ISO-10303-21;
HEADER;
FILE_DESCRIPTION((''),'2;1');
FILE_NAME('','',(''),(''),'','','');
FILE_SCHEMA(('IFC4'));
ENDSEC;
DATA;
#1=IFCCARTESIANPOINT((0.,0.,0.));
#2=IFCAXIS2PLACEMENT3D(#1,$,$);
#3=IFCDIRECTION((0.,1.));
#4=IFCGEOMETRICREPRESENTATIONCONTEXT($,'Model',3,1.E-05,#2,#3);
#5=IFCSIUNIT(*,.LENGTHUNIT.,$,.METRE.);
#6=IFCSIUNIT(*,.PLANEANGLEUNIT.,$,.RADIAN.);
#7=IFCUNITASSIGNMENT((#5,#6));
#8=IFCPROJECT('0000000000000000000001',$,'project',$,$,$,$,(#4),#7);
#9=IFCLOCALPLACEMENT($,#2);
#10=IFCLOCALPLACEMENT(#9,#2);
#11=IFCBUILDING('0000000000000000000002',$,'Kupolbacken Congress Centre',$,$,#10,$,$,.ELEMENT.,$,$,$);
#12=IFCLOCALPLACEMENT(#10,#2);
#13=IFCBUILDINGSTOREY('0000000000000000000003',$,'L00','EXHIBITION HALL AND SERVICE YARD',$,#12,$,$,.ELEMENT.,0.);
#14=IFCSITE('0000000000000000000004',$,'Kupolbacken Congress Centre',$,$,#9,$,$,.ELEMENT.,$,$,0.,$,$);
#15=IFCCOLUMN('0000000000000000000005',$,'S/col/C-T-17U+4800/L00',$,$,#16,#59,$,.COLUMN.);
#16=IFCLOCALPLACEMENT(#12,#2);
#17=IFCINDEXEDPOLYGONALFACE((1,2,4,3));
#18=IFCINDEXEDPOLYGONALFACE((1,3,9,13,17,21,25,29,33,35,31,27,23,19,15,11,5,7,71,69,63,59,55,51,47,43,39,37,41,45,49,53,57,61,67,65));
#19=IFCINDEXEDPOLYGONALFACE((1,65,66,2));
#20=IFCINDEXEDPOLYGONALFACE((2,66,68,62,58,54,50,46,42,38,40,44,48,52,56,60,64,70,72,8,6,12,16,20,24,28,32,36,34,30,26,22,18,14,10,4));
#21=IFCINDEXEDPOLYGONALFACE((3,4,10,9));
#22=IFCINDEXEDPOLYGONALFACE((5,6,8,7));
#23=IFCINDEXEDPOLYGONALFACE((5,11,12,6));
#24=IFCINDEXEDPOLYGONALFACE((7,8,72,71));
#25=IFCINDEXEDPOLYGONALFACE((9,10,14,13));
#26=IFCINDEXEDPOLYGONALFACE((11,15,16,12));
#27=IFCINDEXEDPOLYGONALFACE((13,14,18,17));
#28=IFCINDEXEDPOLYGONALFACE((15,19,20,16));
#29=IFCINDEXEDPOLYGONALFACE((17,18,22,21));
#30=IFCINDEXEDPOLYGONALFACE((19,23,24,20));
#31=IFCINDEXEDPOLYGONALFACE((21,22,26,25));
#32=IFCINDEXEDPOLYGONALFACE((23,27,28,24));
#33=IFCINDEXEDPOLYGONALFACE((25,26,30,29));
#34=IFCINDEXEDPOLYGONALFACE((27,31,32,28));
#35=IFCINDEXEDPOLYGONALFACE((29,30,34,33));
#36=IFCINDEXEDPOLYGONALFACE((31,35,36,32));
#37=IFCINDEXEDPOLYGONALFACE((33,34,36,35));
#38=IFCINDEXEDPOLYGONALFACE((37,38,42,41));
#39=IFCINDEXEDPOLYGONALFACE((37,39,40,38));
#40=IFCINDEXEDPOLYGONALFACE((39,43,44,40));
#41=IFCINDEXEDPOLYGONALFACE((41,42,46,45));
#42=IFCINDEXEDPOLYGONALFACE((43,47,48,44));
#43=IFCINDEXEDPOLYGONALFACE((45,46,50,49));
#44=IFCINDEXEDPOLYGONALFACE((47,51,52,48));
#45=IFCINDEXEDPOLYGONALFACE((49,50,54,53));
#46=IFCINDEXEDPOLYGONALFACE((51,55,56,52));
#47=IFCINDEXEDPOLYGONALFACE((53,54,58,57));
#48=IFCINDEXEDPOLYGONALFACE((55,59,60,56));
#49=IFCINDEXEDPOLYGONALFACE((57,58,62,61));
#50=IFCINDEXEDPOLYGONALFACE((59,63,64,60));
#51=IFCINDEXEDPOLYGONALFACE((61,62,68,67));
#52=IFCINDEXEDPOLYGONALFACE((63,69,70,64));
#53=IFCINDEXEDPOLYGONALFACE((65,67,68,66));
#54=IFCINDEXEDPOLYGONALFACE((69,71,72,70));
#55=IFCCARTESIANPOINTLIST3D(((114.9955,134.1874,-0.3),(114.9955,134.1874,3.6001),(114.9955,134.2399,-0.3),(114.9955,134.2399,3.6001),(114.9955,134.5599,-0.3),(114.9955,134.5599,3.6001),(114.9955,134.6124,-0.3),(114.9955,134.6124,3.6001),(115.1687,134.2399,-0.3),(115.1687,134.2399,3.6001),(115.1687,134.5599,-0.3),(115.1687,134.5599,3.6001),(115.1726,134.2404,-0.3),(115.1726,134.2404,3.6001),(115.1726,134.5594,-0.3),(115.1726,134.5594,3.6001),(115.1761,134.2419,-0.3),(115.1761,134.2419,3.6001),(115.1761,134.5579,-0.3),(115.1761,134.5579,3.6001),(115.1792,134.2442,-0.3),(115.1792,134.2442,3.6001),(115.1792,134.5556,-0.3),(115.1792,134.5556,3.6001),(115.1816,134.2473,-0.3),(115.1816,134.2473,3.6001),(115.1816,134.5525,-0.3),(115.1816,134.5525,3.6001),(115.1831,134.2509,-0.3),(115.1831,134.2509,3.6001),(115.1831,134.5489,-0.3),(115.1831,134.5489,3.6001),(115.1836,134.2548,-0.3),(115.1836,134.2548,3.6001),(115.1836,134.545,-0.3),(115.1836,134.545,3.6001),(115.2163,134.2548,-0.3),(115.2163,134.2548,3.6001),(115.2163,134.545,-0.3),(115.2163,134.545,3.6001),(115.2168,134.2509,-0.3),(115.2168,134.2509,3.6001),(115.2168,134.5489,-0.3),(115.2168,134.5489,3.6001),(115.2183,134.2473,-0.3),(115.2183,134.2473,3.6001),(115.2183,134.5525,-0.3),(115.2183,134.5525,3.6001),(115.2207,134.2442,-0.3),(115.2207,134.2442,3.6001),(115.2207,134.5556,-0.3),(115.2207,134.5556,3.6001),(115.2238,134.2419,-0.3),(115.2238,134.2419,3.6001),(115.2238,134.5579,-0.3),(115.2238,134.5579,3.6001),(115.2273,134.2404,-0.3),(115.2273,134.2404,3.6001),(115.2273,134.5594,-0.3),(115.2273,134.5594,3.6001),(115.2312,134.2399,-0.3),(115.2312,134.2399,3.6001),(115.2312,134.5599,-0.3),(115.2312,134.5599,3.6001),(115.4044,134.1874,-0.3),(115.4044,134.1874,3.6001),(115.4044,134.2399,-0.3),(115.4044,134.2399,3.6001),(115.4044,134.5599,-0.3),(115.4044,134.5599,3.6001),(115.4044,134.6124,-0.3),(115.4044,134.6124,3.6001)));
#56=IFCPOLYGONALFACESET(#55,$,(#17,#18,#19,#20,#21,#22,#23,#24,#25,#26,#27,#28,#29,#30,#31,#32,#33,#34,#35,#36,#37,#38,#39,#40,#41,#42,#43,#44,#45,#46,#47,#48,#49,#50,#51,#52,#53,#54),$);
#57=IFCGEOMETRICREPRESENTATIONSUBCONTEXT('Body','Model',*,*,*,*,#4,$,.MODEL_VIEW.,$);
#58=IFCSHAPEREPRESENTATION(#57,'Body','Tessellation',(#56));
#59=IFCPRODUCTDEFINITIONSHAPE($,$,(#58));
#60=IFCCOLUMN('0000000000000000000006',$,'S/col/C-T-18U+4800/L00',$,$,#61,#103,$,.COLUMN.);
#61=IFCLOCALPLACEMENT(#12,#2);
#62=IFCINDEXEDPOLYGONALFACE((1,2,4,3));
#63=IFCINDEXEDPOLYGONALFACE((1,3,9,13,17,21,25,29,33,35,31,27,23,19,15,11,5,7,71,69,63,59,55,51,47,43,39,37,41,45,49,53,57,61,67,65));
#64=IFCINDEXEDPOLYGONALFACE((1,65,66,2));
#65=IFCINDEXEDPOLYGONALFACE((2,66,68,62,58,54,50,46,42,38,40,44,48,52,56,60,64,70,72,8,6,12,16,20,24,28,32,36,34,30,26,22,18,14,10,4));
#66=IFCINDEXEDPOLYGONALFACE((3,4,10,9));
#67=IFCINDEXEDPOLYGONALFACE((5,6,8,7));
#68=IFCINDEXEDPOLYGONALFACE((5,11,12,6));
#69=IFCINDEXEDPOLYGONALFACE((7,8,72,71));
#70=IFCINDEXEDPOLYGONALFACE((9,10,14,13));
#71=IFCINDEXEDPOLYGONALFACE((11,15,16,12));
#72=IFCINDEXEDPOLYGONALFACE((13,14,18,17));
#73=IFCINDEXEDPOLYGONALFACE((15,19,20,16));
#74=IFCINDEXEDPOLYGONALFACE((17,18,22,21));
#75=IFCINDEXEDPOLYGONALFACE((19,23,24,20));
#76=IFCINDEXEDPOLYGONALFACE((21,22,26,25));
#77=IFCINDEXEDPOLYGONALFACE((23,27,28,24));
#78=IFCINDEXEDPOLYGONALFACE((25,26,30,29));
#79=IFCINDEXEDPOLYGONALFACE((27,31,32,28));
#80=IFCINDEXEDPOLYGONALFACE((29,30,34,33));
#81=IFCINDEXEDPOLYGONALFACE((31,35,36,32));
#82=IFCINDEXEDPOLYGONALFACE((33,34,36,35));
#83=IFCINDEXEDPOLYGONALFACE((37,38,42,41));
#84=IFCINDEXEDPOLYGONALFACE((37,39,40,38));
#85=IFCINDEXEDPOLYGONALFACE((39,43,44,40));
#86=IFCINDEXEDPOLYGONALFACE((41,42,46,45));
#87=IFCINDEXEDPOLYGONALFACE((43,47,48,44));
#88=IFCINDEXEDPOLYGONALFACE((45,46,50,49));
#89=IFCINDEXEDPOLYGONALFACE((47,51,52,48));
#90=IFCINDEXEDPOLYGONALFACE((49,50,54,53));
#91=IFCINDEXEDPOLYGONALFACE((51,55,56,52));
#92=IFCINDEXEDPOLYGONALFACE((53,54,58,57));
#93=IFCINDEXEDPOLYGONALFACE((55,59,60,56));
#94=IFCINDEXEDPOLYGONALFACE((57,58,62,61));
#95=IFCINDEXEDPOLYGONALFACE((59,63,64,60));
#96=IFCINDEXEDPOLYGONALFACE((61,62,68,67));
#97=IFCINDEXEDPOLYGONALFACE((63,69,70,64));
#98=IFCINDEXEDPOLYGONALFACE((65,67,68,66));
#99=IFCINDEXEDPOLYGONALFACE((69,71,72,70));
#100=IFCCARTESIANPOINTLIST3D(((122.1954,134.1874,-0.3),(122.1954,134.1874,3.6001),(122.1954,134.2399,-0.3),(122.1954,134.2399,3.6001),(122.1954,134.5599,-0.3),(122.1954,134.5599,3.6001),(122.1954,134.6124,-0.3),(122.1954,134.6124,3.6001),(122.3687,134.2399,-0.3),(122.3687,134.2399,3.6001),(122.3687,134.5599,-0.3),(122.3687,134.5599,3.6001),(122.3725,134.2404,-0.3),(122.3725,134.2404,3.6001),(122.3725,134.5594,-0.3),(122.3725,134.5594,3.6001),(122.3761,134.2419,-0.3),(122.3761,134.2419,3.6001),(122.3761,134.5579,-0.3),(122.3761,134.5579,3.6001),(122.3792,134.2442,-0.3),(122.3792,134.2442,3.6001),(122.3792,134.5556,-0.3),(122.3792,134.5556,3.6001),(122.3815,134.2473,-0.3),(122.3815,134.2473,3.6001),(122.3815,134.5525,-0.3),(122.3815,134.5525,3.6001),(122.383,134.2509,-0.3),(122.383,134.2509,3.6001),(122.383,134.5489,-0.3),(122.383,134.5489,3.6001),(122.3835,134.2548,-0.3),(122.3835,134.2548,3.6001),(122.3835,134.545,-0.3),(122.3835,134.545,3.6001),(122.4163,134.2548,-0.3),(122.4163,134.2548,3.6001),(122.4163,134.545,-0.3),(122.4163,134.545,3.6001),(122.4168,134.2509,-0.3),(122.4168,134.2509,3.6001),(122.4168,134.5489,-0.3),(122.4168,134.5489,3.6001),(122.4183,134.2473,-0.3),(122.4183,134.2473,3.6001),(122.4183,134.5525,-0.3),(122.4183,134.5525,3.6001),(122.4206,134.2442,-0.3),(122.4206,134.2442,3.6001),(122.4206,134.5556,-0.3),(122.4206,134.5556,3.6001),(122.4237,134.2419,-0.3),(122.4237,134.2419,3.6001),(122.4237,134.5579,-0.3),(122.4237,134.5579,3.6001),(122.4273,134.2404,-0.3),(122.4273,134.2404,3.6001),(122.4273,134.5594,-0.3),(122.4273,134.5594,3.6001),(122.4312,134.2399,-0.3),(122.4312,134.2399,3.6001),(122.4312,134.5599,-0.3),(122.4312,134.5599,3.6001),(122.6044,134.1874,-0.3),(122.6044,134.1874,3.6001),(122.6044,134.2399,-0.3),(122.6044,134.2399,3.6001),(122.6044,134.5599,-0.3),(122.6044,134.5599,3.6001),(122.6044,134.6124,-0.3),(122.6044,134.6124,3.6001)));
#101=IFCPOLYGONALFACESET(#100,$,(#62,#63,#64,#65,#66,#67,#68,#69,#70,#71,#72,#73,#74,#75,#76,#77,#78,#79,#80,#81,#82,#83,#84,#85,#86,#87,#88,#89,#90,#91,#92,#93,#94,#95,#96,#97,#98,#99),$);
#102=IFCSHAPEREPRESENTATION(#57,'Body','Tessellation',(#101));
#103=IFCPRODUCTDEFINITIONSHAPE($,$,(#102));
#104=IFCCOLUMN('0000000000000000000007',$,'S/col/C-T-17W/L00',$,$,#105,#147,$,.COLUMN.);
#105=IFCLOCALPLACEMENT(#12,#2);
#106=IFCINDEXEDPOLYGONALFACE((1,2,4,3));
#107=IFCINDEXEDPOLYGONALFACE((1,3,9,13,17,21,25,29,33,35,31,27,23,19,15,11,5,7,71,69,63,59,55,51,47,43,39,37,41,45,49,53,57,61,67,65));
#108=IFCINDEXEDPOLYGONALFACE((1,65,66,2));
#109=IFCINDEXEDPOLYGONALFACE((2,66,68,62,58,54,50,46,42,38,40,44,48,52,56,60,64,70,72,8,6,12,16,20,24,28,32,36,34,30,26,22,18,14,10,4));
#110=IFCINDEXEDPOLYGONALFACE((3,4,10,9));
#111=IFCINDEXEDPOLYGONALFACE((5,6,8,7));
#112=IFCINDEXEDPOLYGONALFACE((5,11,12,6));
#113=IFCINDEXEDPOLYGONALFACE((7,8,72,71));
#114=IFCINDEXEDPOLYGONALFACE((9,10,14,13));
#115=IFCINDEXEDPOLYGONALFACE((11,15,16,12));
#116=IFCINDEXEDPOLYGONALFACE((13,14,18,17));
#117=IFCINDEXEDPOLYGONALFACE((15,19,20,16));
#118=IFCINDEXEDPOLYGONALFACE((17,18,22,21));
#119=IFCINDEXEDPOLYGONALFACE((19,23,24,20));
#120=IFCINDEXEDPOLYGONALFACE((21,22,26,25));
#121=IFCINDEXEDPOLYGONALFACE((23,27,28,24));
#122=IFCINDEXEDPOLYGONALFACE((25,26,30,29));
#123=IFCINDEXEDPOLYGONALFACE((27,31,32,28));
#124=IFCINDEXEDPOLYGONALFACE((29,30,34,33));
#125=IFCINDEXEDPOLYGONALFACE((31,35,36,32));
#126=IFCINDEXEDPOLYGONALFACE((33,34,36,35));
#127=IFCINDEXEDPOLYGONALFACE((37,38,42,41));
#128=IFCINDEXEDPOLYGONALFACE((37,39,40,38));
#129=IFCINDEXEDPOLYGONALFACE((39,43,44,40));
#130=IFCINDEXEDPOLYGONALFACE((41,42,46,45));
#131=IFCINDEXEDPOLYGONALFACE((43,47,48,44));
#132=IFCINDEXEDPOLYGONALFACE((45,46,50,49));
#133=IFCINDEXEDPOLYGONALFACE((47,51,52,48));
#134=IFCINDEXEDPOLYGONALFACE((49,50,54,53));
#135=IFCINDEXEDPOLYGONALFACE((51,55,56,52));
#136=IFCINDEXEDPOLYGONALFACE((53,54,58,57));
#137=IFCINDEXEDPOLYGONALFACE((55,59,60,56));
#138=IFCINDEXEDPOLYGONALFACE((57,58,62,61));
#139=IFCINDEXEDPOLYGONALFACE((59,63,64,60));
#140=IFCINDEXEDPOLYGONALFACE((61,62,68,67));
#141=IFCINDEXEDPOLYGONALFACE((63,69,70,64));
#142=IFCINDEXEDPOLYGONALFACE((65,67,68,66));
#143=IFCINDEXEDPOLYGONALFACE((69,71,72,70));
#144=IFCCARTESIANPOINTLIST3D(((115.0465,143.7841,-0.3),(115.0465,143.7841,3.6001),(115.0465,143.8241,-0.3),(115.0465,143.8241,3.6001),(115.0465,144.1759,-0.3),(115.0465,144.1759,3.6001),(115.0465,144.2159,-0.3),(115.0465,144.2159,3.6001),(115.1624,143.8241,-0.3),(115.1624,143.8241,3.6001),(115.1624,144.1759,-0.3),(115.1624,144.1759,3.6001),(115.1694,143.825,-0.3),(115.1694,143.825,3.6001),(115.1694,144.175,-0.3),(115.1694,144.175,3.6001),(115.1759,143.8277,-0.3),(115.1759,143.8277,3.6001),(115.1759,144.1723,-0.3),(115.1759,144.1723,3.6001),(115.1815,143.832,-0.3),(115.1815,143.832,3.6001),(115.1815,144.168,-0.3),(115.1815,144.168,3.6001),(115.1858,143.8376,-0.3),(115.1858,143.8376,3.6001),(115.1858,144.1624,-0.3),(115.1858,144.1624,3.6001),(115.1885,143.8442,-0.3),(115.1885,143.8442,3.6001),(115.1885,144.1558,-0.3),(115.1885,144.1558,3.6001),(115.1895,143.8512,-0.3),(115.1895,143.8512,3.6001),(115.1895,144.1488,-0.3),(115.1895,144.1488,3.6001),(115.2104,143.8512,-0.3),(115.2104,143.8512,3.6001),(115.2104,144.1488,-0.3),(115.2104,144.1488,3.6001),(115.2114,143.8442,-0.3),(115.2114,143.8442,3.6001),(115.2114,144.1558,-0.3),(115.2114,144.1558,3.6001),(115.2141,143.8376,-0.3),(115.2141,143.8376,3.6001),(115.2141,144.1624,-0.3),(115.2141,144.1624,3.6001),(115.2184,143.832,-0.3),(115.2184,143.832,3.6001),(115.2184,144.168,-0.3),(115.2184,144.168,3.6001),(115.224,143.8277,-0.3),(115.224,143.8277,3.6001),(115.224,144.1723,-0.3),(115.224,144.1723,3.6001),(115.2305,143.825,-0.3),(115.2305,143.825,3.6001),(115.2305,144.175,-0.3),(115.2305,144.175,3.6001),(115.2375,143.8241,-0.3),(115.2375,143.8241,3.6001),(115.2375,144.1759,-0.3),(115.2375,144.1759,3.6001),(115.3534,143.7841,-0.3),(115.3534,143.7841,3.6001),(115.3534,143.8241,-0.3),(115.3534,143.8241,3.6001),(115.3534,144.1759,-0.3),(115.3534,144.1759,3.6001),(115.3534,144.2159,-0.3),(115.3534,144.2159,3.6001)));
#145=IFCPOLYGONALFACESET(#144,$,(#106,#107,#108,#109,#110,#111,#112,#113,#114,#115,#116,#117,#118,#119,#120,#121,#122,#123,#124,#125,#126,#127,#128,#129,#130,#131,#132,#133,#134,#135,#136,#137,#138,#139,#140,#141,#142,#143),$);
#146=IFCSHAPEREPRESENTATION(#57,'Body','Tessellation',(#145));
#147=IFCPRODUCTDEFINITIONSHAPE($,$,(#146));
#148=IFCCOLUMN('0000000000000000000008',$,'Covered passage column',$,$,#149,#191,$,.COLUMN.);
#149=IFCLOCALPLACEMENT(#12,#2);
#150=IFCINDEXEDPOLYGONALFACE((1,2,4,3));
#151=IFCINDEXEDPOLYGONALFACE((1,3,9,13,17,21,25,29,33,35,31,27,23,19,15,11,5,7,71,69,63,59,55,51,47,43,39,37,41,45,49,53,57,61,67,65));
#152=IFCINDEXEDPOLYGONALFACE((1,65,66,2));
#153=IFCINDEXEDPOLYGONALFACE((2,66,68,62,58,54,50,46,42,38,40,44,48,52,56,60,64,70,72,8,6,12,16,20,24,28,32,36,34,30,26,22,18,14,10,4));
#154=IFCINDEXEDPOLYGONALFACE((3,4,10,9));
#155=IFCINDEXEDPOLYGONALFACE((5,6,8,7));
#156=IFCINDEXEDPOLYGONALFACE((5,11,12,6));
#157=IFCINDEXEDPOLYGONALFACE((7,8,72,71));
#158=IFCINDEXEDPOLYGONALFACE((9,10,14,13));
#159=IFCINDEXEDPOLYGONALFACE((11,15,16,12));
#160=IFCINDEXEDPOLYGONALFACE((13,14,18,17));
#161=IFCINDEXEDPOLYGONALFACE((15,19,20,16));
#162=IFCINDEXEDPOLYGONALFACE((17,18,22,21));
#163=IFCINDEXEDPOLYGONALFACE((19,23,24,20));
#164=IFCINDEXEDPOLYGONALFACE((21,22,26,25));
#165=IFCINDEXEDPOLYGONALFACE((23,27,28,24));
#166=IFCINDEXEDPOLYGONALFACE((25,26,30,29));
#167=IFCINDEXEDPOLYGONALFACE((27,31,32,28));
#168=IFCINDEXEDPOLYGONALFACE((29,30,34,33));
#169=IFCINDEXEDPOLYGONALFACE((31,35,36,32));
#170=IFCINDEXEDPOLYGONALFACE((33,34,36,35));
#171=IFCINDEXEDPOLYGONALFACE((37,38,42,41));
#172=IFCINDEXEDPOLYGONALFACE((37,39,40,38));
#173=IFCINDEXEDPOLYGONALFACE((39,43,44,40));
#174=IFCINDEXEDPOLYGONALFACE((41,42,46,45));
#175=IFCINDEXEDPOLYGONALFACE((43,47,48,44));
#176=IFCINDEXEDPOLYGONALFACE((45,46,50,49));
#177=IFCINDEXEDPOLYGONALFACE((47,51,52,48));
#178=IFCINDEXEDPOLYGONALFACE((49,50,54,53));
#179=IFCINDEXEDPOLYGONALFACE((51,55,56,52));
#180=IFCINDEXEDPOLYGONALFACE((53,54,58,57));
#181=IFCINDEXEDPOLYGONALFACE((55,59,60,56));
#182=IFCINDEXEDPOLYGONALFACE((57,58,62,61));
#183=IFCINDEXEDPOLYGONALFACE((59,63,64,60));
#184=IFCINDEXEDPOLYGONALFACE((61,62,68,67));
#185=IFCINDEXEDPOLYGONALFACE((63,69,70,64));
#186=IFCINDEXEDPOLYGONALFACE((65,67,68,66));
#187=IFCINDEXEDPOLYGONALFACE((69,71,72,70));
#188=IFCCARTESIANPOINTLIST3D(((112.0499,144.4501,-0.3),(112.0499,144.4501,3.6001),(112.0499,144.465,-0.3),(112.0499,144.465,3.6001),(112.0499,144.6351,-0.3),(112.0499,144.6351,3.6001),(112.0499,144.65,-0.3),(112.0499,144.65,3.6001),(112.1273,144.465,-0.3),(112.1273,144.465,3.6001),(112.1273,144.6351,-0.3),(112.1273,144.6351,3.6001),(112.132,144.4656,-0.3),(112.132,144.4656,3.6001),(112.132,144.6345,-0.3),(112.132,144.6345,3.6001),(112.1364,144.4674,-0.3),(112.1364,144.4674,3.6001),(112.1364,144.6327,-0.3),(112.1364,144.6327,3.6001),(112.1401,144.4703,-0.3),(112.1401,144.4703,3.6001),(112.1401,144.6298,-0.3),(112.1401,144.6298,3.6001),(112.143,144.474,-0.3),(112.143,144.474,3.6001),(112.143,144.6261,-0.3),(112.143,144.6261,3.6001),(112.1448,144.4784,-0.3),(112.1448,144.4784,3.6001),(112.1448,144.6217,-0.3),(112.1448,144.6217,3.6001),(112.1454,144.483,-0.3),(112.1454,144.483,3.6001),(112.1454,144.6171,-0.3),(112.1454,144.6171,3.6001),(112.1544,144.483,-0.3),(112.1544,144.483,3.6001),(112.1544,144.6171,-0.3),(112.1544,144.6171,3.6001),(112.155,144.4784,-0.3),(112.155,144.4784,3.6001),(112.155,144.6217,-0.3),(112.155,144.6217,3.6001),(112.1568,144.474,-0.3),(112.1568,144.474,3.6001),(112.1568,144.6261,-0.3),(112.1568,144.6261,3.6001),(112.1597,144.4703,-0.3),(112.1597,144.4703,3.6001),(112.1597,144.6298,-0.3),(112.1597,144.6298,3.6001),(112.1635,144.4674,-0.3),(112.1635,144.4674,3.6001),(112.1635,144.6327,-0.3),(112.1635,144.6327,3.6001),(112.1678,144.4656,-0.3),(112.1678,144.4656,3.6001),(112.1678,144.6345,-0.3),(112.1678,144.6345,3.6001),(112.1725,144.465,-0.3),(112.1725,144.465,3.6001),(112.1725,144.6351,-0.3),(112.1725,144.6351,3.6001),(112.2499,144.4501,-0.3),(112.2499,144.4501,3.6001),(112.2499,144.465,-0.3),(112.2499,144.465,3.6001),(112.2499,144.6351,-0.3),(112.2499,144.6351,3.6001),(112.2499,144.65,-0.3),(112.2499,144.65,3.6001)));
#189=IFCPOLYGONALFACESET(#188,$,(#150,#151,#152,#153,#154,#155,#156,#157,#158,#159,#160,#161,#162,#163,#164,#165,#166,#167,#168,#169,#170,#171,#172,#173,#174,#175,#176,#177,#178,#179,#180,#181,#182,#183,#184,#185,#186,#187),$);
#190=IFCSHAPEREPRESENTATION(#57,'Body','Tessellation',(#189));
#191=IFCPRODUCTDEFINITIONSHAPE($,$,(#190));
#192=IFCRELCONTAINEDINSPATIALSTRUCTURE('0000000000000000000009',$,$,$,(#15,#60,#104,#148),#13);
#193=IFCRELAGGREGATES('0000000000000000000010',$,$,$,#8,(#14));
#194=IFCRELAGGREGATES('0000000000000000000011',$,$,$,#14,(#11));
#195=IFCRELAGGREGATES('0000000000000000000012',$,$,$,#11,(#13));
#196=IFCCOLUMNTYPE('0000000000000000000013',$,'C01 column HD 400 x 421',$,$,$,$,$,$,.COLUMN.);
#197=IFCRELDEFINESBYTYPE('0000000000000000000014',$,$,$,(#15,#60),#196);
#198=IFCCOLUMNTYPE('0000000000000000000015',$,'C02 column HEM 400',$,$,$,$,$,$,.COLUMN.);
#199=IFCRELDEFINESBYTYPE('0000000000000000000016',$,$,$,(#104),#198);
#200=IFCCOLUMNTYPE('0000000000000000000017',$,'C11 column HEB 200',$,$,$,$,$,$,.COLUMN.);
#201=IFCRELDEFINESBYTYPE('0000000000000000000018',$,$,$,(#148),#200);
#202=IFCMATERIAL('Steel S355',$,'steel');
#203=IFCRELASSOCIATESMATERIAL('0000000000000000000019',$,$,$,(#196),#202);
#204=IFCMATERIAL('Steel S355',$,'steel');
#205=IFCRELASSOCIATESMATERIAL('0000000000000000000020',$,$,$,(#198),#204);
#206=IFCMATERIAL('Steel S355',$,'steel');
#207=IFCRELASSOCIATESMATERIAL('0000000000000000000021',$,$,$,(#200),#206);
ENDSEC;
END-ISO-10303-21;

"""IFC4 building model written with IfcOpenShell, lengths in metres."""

from ifc_helpers import new_model, si_unit, direction, frame, origin, origin_2d, place, context, subcontext, project, spatial, i_section, extrude, material, material_profile, profile_set, type_object, element, save


model = new_model("IFC4")

# Units and contexts
model_context = context("Model", 3, precision=1e-05, world=origin(), true_north=direction((0.0, 1.0)))
body_context = subcontext(model_context, "Body", "Model", "MODEL_VIEW")
ifc_project = project(units=[si_unit("LENGTHUNIT", "METRE"), si_unit("PLANEANGLEUNIT", "RADIAN")], contexts=[model_context])

# Site, building, storey
site_placement = place(None, origin())
site = spatial("IfcSite", under=ifc_project, at=site_placement, Name="Kupolbacken Congress Centre", CompositionType="ELEMENT", RefElevation=0.0)
building_placement = place(site_placement, origin())
building = spatial("IfcBuilding", under=site, at=building_placement, Name="Kupolbacken Congress Centre", CompositionType="ELEMENT")
storey_placement = place(building_placement, origin())
storey = spatial("IfcBuildingStorey", under=building, at=storey_placement, Name="L00", Description="EXHIBITION HALL AND SERVICE YARD", CompositionType="ELEMENT", Elevation=0.0)

# Columns
ifc_material_1 = material(Name="Steel S355", Category="steel")
ifc_material_profile_1 = material_profile(ifc_material_1, i_section(OverallWidth=0.4089, OverallDepth=0.425, WebThickness=0.0327, FlangeThickness=0.0525, FilletRadius=0.0149, at=origin_2d()), Name="HD 400 x 421")
ifc_profile_set_1 = profile_set([ifc_material_profile_1], Name="Steel S355")
column_type_1 = type_object("IfcColumnType", Name="C01 column HD 400 x 421", PredefinedType="COLUMN", material=ifc_profile_set_1)
for number, where, z_axis, x_axis, name in (
    (1, (115.2, 134.3999, -0.3), (0.0, 0.0, 1.0), (1.0, 0.0, 0.0), "S/col/C-T-17U+4800/L00"),
    (2, (122.3999, 134.3999, -0.3), (0.0, 0.0, 1.0), (1.0, 0.0, 0.0), "S/col/C-T-18U+4800/L00"),
):
    element("IfcColumn", number, at=place(storey_placement, frame(where, z_axis=z_axis, x_axis=x_axis)), inside=storey, type_object=column_type_1, Name=name, PredefinedType="COLUMN", context=body_context, shape_type="SweptSolid", body=[
        extrude(i_section(OverallWidth=0.4089, OverallDepth=0.425, WebThickness=0.0327, FlangeThickness=0.0525, FilletRadius=0.0149, at=origin_2d()), origin(), (0.0, 0.0, 1.0), 3.9001),
    ])
ifc_material_2 = material(Name="Steel S355", Category="steel")
ifc_material_profile_2 = material_profile(ifc_material_2, i_section(OverallWidth=0.3069, OverallDepth=0.4319, WebThickness=0.021, FlangeThickness=0.04, FilletRadius=0.0271, at=origin_2d()), Name="HEM 400")
ifc_profile_set_2 = profile_set([ifc_material_profile_2], Name="Steel S355")
column_type_2 = type_object("IfcColumnType", Name="C02 column HEM 400", PredefinedType="COLUMN", material=ifc_profile_set_2)
column_placement = place(storey_placement, frame((115.2, 144.0, -0.3), z_axis=(0.0, 0.0, 1.0), x_axis=(1.0, 0.0, 0.0)))
element("IfcColumn", 3, at=column_placement, inside=storey, type_object=column_type_2, Name="S/col/C-T-17W/L00", PredefinedType="COLUMN", context=body_context, shape_type="SweptSolid", body=[
    extrude(i_section(OverallWidth=0.3069, OverallDepth=0.4319, WebThickness=0.021, FlangeThickness=0.04, FilletRadius=0.0271, at=origin_2d()), origin(), (0.0, 0.0, 1.0), 3.9001),
])
ifc_material_3 = material(Name="Steel S355", Category="steel")
ifc_material_profile_3 = material_profile(ifc_material_3, i_section(OverallWidth=0.2, OverallDepth=0.2, WebThickness=0.009, FlangeThickness=0.0149, FilletRadius=0.0181, at=origin_2d()), Name="HEB 200")
ifc_profile_set_3 = profile_set([ifc_material_profile_3], Name="Steel S355")
column_type_3 = type_object("IfcColumnType", Name="C11 column HEB 200", PredefinedType="COLUMN", material=ifc_profile_set_3)
for number, where, z_axis, x_axis, name in (
    (4, (112.1499, 144.55, -0.3), (0.0, 0.0, 1.0), (1.0, 0.0, 0.0), "Covered passage column"),
):
    element("IfcColumn", number, at=place(storey_placement, frame(where, z_axis=z_axis, x_axis=x_axis)), inside=storey, type_object=column_type_3, Name=name, PredefinedType="COLUMN", context=body_context, shape_type="SweptSolid", body=[
        extrude(i_section(OverallWidth=0.2, OverallDepth=0.2, WebThickness=0.009, FlangeThickness=0.0149, FilletRadius=0.0181, at=origin_2d()), origin(), (0.0, 0.0, 1.0), 3.9001),
    ])

save(model, "model.ifc")
